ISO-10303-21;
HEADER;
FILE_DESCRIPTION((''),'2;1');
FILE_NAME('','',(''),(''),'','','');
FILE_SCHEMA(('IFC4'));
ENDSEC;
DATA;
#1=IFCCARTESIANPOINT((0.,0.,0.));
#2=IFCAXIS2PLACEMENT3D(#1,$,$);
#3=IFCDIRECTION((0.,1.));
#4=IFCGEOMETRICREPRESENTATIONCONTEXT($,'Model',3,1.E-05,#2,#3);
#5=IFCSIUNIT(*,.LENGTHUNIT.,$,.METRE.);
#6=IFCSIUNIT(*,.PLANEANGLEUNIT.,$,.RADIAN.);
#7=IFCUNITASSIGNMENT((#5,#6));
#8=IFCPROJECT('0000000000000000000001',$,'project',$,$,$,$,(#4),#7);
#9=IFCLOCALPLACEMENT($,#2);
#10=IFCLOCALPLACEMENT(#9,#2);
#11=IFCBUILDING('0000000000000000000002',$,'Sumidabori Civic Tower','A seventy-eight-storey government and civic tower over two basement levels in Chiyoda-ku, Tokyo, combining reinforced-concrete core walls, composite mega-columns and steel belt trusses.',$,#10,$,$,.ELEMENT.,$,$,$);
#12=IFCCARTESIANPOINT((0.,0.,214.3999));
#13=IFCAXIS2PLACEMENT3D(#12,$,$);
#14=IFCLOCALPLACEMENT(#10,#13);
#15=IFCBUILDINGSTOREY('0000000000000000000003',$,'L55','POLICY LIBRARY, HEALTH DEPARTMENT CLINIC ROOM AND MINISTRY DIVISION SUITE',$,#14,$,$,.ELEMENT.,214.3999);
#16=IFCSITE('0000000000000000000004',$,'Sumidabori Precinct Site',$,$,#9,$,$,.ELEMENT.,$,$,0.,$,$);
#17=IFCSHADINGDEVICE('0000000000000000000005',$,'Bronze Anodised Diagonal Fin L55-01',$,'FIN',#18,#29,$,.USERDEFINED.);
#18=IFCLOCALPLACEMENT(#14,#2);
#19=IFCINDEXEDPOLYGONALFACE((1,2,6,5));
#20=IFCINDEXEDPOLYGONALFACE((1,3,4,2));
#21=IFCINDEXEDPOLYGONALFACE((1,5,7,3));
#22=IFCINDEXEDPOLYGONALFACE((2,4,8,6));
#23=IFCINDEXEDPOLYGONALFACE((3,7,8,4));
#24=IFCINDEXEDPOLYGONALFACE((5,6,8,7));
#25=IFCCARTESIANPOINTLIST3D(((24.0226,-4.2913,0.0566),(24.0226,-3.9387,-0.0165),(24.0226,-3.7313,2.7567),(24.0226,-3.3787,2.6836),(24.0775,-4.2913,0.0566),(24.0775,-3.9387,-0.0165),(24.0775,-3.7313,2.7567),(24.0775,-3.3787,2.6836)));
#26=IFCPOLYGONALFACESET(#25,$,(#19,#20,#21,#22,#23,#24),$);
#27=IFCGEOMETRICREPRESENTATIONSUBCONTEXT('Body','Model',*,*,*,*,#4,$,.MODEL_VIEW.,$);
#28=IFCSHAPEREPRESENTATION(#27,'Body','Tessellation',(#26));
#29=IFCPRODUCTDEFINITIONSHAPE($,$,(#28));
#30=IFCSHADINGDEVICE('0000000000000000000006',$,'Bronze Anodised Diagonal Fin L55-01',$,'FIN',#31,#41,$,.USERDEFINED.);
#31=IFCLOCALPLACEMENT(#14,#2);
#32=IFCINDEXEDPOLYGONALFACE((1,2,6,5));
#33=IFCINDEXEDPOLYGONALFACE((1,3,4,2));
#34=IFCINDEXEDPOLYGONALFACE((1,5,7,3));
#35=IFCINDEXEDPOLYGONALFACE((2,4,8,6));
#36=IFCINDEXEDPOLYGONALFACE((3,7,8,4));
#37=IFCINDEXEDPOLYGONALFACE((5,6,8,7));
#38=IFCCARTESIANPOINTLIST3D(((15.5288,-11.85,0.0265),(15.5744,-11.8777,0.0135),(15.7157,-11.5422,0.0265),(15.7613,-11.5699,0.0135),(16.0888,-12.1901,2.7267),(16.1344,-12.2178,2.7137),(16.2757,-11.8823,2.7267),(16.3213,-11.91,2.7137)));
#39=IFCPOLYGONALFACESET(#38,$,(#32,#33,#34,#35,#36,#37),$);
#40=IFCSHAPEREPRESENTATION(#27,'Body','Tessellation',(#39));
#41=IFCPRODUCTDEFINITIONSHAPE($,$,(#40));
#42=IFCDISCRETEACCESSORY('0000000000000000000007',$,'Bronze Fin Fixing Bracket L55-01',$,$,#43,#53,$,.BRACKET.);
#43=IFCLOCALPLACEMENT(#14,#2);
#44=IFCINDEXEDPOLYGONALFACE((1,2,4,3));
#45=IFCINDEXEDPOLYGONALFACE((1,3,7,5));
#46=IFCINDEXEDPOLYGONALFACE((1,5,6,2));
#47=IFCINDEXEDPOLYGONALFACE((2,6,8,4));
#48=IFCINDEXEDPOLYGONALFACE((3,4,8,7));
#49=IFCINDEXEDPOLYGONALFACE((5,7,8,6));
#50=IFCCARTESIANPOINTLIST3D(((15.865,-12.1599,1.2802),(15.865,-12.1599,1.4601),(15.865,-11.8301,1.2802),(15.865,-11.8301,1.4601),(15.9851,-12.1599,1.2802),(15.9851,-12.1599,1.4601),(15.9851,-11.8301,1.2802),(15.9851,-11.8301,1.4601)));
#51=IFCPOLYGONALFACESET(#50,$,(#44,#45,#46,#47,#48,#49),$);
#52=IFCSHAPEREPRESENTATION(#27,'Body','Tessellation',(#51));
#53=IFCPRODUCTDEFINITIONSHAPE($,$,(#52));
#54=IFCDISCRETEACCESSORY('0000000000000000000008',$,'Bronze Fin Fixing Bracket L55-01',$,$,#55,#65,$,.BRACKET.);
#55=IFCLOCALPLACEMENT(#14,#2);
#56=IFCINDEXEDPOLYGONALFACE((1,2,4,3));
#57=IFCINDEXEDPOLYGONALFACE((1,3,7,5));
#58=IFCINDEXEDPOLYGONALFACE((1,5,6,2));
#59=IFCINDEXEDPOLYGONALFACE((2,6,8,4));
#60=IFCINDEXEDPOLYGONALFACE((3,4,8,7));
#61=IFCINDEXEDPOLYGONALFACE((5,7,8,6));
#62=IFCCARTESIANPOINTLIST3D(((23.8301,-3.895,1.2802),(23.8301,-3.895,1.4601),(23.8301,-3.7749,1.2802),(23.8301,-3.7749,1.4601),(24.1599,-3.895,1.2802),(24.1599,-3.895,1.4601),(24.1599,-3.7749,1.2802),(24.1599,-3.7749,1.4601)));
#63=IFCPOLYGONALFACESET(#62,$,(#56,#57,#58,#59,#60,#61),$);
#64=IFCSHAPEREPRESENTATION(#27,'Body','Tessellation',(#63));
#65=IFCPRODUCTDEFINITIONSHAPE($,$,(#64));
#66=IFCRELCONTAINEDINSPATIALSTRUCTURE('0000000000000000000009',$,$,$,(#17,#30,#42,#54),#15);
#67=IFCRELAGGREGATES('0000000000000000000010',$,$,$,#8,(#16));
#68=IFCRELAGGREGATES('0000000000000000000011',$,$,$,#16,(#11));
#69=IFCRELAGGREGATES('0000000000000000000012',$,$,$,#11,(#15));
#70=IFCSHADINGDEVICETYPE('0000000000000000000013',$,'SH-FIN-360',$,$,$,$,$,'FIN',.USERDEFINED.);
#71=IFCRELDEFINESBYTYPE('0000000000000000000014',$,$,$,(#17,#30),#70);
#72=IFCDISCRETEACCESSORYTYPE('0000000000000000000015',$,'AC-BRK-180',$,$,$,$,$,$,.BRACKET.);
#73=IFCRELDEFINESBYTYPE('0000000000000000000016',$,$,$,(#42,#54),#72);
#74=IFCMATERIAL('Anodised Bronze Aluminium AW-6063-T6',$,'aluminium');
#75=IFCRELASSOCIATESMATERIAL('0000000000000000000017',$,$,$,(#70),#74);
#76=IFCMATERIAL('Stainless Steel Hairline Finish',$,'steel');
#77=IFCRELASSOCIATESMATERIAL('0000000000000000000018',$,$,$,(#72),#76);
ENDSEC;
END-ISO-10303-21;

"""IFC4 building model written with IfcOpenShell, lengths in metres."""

from ifc_helpers import new_model, si_unit, direction, frame, origin, origin_2d, place, context, subcontext, project, spatial, rectangle, extrude, source, transform, mapped, material, material_profile, profile_set, type_object, element, save


model = new_model("IFC4")

# Units and contexts
model_context = context("Model", 3, precision=1e-05, world=origin(), true_north=direction((0.0, 1.0)))
body_context = subcontext(model_context, "Body", "Model", "MODEL_VIEW")
ifc_project = project(units=[si_unit("LENGTHUNIT", "METRE"), si_unit("PLANEANGLEUNIT", "RADIAN")], contexts=[model_context])

# Site, building, storey
site_placement = place(None, origin())
site = spatial("IfcSite", under=ifc_project, at=site_placement, Name="Sumidabori Precinct Site", CompositionType="ELEMENT", RefElevation=0.0)
building_placement = place(site_placement, origin())
building = spatial("IfcBuilding", under=site, at=building_placement, Name="Sumidabori Civic Tower", Description="A seventy-eight-storey government and civic tower over two basement levels in Chiyoda-ku, Tokyo, combining reinforced-concrete core walls, composite mega-columns and steel belt trusses.", CompositionType="ELEMENT")
storey_placement = place(building_placement, frame((0.0, 0.0, 214.3999)))
storey = spatial("IfcBuildingStorey", under=building, at=storey_placement, Name="L55", Description="POLICY LIBRARY, HEALTH DEPARTMENT CLINIC ROOM AND MINISTRY DIVISION SUITE", CompositionType="ELEMENT", Elevation=214.3999)

# Shared definitions
ifc_material_1 = material(Name="Anodised Bronze Aluminium AW-6063-T6", Category="aluminium")

# Shading devices
ifc_material_profile_1 = material_profile(ifc_material_1, rectangle(XDim=0.0549, YDim=0.3601, at=origin_2d()), Name="BRONZE FIN 360x55")
ifc_profile_set_1 = profile_set([ifc_material_profile_1], Name="Anodised Bronze Aluminium AW-6063-T6")
shading_device_type = type_object("IfcShadingDeviceType", Name="SH-FIN-360", ElementType="FIN", PredefinedType="USERDEFINED", material=ifc_profile_set_1)
shared_shape_1 = source(origin(), body_context, "Body", "SweptSolid", [
    extrude(rectangle(XDim=0.0549, YDim=0.3601, at=origin_2d()), origin(), (0.0, 0.0, 1.0), 2.7576),
])
shading_device_1_placement = place(storey_placement, frame((24.05, -4.115, 0.02), z_axis=(0.0, 0.203092, 0.97916), x_axis=(-1.0, 0.0, 0.0)))
element("IfcShadingDevice", 1, at=shading_device_1_placement, inside=storey, type_object=shading_device_type, Name="Bronze Anodised Diagonal Fin L55-01", ObjectType="FIN", PredefinedType="USERDEFINED", context=body_context, shape_type="MappedRepresentation", body=[
    mapped(shared_shape_1, transform((0.0, 0.0, 0.0), x_axis=(1.0, 0.0, 0.0), y_axis=(0.0, 1.0, 0.0), z_axis=(0.0, 0.0, 1.0), scale=1.0)),
])
shared_shape_2 = source(origin(), body_context, "Body", "SweptSolid", [
    extrude(rectangle(XDim=0.0549, YDim=0.3601, at=origin_2d()), origin(), (0.0, 0.0, 1.0), 2.7786),
])
shading_device_2_placement = place(storey_placement, frame((15.645, -11.71, 0.02), z_axis=(0.201565, -0.122397, 0.971798), x_axis=(0.830646, -0.504398, -0.235816)))
element("IfcShadingDevice", 2, at=shading_device_2_placement, inside=storey, type_object=shading_device_type, Name="Bronze Anodised Diagonal Fin L55-01", ObjectType="FIN", PredefinedType="USERDEFINED", context=body_context, shape_type="MappedRepresentation", body=[
    mapped(shared_shape_2, transform((0.0, 0.0, 0.0), x_axis=(1.0, 0.0, 0.0), y_axis=(0.0, 1.0, 0.0), z_axis=(0.0, 0.0, 1.0), scale=1.0)),
])

# Discrete accessories
ifc_material_2 = material(Name="Stainless Steel Hairline Finish", Category="steel")
ifc_material_profile_2 = material_profile(ifc_material_2, rectangle(XDim=0.1201, YDim=0.1799, at=origin_2d()), Name="STEEL BRACKET 180x120")
ifc_profile_set_2 = profile_set([ifc_material_profile_2], Name="Stainless Steel Hairline Finish")
discrete_accessory_type = type_object("IfcDiscreteAccessoryType", Name="AC-BRK-180", PredefinedType="BRACKET", material=ifc_profile_set_2)
shared_shape_3 = source(origin(), body_context, "Body", "SweptSolid", [
    extrude(rectangle(XDim=0.1201, YDim=0.1799, at=origin_2d()), origin(), (0.0, 0.0, 1.0), 0.3298),
])
for number, where, z_axis, x_axis, name in (
    (3, (15.925, -11.8301, 1.3701), (0.0, -1.0, 0.0), (1.0, 0.0, 0.0), "Bronze Fin Fixing Bracket L55-01"),
    (4, (23.8301, -3.835, 1.3701), (1.0, 0.0, 0.0), (0.0, 1.0, 0.0), "Bronze Fin Fixing Bracket L55-01"),
):
    element("IfcDiscreteAccessory", number, at=place(storey_placement, frame(where, z_axis=z_axis, x_axis=x_axis)), inside=storey, type_object=discrete_accessory_type, Name=name, PredefinedType="BRACKET", context=body_context, shape_type="MappedRepresentation", body=[
        mapped(shared_shape_3, transform((0.0, 0.0, 0.0), x_axis=(1.0, 0.0, 0.0), y_axis=(0.0, 1.0, 0.0), z_axis=(0.0, 0.0, 1.0), scale=1.0)),
    ])

save(model, "model.ifc")
